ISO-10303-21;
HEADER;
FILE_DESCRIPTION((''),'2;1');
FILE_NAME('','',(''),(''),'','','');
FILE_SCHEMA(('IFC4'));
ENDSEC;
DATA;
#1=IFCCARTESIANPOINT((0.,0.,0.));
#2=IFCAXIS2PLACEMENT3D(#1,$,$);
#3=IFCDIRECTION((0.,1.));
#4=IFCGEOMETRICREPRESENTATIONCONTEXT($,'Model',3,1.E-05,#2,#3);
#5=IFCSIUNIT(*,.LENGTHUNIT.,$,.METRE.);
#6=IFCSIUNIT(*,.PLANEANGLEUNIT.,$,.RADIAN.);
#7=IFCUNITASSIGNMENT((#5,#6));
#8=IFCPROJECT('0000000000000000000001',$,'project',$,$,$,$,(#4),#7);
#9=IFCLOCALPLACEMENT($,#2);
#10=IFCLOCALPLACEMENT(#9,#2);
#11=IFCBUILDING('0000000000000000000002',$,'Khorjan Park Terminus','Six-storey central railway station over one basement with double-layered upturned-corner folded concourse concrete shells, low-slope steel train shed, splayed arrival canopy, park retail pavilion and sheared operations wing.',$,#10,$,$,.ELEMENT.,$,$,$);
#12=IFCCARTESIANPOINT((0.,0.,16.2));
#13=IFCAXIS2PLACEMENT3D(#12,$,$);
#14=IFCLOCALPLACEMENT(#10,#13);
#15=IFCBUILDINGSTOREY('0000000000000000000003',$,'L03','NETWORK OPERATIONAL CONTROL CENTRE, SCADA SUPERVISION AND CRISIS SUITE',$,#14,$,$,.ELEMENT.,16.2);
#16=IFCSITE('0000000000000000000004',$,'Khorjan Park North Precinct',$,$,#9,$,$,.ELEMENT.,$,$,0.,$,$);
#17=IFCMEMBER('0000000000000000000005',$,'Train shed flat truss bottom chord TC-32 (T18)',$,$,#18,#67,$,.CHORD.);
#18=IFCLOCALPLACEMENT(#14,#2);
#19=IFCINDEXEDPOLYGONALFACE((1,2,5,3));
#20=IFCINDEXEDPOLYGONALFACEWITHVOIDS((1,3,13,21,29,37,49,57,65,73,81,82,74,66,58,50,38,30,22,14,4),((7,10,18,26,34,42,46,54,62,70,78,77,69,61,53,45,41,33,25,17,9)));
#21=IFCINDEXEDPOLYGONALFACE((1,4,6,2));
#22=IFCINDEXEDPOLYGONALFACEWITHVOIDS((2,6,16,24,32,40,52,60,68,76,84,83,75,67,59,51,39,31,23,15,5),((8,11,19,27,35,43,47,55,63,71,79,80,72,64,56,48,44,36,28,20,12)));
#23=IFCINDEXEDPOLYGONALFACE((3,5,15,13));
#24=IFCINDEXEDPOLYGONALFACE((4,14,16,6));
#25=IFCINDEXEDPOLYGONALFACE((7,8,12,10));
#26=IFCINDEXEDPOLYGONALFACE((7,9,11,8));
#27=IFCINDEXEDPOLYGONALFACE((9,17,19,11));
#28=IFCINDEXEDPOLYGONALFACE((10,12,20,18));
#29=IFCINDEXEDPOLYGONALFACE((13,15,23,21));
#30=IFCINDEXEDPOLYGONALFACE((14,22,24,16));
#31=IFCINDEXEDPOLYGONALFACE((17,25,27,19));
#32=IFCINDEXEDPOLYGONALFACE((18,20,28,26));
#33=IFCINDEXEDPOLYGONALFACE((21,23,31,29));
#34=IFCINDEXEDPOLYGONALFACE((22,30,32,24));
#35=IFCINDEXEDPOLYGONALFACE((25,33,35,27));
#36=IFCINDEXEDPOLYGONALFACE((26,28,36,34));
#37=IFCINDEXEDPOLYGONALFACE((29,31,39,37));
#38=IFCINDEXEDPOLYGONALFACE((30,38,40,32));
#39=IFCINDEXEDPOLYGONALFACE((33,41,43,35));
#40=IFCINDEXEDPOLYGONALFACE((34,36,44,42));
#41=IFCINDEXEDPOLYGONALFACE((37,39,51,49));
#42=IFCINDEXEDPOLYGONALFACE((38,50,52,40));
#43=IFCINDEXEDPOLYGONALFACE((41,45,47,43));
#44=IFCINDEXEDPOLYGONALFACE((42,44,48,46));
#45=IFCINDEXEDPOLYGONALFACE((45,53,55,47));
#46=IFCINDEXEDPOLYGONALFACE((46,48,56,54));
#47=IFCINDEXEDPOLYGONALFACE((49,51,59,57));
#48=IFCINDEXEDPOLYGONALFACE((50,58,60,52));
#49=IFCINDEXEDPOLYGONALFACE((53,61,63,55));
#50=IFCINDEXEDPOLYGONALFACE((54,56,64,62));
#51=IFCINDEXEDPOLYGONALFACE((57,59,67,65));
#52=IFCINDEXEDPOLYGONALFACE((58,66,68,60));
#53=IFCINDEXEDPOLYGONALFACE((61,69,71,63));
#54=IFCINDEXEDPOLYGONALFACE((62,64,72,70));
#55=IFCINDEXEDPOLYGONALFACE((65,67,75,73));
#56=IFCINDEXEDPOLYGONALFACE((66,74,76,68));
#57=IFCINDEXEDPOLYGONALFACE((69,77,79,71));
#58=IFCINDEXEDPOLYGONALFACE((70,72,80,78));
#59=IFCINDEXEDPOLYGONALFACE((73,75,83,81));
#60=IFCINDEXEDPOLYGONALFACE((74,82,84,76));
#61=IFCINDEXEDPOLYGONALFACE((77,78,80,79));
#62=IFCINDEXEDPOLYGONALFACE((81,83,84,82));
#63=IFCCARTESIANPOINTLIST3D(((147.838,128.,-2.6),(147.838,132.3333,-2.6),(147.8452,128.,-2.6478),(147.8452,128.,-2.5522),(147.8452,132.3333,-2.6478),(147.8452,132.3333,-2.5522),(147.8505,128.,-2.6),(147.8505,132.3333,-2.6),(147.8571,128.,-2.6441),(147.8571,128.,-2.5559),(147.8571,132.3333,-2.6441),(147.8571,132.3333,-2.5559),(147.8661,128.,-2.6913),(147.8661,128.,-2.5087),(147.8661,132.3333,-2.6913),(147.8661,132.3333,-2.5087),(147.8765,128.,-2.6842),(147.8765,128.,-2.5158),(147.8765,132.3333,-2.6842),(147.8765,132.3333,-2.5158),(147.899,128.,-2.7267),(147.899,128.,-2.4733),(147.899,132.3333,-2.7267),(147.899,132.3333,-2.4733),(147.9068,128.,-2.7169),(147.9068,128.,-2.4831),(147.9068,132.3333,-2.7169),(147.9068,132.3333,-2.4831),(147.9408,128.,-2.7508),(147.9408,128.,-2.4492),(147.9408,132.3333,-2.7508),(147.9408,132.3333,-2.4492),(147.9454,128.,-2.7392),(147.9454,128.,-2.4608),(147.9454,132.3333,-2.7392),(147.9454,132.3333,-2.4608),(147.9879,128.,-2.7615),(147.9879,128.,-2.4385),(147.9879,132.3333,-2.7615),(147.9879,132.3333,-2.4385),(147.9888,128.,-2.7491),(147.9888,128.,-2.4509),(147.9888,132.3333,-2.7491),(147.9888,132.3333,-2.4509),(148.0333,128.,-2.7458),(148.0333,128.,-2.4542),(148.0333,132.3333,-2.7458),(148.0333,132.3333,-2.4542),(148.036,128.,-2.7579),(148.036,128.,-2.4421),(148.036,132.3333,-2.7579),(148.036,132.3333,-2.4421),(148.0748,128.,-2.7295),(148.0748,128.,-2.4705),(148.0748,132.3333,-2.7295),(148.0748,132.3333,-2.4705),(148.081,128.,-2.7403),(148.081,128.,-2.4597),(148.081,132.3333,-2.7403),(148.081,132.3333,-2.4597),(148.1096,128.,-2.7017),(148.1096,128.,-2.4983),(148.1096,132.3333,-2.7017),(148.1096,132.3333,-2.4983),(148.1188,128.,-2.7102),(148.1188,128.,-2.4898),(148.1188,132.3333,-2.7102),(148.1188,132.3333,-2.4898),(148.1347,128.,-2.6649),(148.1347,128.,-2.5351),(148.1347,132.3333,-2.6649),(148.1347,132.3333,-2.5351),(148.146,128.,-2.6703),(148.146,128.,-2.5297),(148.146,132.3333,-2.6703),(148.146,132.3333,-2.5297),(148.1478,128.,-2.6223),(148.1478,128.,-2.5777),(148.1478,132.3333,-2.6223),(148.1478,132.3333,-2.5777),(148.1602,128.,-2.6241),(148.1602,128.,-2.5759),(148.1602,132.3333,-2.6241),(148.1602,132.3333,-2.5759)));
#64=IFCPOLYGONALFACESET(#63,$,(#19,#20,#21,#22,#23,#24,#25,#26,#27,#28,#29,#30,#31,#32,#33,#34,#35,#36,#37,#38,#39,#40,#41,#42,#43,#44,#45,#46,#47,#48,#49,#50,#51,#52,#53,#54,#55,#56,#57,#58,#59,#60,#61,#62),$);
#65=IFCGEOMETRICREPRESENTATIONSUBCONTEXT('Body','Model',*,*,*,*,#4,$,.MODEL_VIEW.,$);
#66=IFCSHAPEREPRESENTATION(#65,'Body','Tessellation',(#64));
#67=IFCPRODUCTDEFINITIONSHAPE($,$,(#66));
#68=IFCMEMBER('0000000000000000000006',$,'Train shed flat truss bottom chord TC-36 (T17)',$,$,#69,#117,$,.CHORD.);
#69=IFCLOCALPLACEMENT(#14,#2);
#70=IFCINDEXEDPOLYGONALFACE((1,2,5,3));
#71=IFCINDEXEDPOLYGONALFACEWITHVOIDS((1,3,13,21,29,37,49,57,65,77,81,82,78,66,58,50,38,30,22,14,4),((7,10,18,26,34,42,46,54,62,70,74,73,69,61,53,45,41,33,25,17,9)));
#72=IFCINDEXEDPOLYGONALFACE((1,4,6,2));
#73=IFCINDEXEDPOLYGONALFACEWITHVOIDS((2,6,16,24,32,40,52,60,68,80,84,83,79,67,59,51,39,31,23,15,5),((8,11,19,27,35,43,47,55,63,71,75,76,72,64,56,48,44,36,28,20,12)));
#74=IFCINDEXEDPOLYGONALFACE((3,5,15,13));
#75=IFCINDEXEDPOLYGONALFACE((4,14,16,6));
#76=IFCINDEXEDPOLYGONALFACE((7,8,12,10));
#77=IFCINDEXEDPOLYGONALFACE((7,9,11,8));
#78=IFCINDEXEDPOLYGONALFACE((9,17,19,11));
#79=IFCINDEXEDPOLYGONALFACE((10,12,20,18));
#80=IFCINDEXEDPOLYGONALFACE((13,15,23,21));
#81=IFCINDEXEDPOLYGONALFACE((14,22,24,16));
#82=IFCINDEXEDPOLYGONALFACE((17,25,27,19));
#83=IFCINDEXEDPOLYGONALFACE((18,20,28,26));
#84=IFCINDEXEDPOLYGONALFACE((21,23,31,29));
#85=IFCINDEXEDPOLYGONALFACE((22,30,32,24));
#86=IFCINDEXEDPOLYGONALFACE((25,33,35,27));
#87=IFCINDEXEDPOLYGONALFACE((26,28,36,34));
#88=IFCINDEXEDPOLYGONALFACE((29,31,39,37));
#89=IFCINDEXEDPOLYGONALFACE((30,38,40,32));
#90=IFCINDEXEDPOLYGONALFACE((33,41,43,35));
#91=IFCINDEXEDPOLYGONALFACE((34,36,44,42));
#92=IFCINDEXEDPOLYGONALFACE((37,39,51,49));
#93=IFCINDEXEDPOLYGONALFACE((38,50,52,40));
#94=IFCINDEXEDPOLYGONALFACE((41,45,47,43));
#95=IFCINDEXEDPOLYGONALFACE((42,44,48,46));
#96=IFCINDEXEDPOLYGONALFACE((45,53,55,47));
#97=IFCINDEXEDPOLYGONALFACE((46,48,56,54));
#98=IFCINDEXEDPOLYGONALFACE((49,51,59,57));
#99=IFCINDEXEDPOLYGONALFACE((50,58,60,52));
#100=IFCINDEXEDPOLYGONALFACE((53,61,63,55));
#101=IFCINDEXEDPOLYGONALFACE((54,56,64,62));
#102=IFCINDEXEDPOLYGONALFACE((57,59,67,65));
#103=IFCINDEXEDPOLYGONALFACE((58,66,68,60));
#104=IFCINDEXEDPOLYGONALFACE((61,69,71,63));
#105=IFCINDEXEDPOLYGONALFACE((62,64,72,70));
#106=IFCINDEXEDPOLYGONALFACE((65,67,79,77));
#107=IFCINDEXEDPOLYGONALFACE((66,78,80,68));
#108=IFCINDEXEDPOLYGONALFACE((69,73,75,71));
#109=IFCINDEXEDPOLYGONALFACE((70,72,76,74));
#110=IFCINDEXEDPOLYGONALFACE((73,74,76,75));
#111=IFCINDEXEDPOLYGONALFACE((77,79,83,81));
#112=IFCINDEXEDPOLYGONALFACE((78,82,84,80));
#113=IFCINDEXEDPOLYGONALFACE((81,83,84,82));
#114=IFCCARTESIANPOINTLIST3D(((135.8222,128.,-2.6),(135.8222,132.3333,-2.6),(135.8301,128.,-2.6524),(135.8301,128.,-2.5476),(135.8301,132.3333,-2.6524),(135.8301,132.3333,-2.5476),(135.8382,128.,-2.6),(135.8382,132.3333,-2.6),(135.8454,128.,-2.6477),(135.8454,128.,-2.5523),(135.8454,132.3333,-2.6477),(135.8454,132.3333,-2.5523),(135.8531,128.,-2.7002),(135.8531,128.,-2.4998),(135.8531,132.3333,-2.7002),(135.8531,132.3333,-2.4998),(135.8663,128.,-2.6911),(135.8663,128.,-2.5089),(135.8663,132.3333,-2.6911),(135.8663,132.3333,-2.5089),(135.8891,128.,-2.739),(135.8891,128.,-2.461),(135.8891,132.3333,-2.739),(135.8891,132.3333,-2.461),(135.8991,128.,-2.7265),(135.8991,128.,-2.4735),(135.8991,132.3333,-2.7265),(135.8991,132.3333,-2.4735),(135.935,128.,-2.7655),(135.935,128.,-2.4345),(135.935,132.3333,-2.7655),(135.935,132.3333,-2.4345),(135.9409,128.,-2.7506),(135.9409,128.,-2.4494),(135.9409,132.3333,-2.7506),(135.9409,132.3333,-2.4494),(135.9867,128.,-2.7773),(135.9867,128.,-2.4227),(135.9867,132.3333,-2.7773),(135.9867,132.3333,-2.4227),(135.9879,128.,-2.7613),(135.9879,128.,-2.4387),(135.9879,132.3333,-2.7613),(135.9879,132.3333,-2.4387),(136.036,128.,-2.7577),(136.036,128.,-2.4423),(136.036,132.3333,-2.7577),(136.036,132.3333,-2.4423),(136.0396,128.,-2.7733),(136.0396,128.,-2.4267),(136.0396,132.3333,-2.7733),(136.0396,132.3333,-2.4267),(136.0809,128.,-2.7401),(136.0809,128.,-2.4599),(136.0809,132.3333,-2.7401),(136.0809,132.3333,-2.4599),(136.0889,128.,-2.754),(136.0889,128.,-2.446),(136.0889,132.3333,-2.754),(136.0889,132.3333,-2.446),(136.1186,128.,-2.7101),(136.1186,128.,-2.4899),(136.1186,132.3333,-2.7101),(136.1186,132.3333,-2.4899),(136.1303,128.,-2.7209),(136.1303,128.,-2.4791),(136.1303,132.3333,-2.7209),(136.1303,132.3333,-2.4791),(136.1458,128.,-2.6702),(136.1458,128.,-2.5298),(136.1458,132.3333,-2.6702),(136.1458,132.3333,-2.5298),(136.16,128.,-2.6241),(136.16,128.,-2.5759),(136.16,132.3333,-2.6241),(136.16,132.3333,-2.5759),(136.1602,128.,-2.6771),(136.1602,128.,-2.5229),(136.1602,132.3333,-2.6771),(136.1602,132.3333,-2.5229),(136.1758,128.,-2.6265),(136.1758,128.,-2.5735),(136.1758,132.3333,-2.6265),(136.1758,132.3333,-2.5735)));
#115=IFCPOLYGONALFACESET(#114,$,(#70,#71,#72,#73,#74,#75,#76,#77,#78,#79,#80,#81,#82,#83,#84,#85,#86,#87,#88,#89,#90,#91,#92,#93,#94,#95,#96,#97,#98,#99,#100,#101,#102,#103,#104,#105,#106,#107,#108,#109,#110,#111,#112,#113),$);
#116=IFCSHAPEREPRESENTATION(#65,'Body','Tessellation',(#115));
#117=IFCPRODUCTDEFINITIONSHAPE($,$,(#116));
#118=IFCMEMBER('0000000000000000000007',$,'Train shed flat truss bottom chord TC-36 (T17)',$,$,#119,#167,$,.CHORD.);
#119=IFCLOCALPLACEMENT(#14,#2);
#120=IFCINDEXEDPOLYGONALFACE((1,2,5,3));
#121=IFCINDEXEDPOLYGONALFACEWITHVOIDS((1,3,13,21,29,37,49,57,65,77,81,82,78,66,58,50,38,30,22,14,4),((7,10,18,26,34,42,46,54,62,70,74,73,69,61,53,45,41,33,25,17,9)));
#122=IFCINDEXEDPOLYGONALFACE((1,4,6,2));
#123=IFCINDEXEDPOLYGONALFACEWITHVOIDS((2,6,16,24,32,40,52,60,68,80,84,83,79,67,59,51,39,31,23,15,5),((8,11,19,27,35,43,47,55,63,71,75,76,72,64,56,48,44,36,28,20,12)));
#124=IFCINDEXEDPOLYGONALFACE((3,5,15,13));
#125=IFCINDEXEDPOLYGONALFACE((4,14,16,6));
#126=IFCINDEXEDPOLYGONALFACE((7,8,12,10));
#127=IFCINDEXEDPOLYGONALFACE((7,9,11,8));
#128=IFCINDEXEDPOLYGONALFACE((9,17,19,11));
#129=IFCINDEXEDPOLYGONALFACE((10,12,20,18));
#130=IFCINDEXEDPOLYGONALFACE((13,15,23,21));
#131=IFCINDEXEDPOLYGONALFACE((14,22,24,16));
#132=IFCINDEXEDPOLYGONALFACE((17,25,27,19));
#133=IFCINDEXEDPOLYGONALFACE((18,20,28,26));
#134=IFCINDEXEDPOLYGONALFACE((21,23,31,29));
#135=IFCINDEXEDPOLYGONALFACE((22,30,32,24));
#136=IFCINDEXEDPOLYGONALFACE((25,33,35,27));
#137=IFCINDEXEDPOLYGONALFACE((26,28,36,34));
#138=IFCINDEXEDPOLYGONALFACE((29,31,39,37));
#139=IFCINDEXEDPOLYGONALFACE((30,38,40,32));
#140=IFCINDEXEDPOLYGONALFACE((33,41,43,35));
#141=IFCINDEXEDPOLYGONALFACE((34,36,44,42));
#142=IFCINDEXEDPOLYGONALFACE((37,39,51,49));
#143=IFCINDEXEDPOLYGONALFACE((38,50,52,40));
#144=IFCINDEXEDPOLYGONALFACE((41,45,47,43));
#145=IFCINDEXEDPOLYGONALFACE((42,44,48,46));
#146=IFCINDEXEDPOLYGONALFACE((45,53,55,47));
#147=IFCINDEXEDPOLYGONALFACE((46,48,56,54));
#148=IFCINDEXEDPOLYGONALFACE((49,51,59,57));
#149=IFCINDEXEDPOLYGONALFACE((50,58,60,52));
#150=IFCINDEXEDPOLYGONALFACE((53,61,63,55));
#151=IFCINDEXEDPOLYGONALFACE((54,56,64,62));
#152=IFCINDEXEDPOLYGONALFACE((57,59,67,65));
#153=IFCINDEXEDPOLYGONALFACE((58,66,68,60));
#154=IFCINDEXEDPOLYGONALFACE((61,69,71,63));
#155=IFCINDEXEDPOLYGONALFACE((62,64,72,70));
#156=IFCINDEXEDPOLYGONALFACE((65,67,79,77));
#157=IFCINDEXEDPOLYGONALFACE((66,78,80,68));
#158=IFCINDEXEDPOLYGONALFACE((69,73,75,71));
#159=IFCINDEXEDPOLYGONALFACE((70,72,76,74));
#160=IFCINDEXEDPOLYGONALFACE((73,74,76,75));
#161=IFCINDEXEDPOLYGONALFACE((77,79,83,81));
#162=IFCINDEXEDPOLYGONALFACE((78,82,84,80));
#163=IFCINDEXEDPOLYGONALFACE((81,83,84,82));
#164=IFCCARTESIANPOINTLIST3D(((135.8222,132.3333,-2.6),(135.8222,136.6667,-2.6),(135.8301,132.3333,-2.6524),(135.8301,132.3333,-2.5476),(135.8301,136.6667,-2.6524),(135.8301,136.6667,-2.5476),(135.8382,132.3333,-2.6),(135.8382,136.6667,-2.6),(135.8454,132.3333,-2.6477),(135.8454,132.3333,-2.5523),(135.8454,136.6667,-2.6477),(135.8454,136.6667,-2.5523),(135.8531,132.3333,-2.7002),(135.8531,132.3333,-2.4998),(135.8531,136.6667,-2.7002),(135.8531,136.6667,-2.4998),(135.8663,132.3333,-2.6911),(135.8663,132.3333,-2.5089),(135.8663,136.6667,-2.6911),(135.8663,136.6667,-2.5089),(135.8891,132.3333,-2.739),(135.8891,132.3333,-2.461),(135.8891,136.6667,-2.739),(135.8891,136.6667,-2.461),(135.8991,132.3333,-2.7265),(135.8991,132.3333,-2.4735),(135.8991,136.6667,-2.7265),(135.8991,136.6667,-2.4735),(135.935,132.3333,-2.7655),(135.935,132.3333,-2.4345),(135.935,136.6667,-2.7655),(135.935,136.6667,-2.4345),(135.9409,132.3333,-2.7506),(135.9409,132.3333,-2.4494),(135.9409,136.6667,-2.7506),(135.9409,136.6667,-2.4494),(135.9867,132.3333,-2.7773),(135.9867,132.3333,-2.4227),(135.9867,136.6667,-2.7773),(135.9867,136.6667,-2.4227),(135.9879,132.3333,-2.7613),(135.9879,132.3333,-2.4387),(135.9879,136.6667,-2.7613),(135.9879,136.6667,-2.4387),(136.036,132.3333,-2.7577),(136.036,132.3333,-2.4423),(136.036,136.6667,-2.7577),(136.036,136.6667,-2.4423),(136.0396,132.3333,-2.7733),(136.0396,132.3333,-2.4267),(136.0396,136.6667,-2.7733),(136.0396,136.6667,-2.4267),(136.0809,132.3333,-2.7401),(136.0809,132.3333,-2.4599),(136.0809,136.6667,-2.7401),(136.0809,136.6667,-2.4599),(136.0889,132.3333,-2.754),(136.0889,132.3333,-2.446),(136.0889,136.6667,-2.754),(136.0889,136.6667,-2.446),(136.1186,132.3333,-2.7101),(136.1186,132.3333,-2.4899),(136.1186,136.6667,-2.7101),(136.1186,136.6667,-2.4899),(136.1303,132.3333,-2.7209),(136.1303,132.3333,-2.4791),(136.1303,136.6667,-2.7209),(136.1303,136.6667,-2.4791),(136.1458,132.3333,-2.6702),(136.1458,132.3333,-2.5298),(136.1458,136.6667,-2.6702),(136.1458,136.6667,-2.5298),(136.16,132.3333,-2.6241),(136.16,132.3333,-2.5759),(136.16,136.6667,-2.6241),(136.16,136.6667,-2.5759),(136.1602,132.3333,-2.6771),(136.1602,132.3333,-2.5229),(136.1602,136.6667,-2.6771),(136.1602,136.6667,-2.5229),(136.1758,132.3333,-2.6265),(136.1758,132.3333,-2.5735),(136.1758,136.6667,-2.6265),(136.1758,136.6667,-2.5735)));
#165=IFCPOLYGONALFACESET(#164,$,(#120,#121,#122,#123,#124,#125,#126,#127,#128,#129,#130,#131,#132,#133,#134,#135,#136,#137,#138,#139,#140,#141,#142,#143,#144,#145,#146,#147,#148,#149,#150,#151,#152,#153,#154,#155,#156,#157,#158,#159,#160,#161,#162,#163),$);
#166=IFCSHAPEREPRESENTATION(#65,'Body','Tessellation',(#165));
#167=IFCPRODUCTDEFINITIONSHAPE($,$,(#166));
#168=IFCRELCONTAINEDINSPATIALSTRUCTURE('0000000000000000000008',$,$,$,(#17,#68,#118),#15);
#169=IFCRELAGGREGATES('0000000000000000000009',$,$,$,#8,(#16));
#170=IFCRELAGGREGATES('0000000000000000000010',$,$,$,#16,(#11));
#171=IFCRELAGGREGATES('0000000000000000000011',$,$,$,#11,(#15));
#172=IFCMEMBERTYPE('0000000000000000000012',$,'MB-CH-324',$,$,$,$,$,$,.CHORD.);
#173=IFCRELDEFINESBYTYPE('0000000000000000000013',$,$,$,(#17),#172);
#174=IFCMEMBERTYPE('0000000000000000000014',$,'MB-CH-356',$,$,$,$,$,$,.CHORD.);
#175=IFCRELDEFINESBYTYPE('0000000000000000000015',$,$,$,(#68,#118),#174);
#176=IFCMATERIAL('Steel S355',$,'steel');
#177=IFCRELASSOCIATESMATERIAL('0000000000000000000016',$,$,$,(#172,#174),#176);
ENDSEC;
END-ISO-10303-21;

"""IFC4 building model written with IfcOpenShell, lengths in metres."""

from ifc_helpers import new_model, si_unit, direction, frame, origin, origin_2d, place, context, subcontext, project, spatial, hollow_circle, extrude, material, material_profile, profile_set, type_object, element, save


model = new_model("IFC4")

# Units and contexts
model_context = context("Model", 3, precision=1e-05, world=origin(), true_north=direction((0.0, 1.0)))
body_context = subcontext(model_context, "Body", "Model", "MODEL_VIEW")
ifc_project = project(units=[si_unit("LENGTHUNIT", "METRE"), si_unit("PLANEANGLEUNIT", "RADIAN")], contexts=[model_context])

# Site, building, storey
site_placement = place(None, origin())
site = spatial("IfcSite", under=ifc_project, at=site_placement, Name="Khorjan Park North Precinct", CompositionType="ELEMENT", RefElevation=0.0)
building_placement = place(site_placement, origin())
building = spatial("IfcBuilding", under=site, at=building_placement, Name="Khorjan Park Terminus", Description="Six-storey central railway station over one basement with double-layered upturned-corner folded concourse concrete shells, low-slope steel train shed, splayed arrival canopy, park retail pavilion and sheared operations wing.", CompositionType="ELEMENT")
storey_placement = place(building_placement, frame((0.0, 0.0, 16.2)))
storey = spatial("IfcBuildingStorey", under=building, at=storey_placement, Name="L03", Description="NETWORK OPERATIONAL CONTROL CENTRE, SCADA SUPERVISION AND CRISIS SUITE", CompositionType="ELEMENT", Elevation=16.2)

# Members
ifc_material = material(Name="Steel S355", Category="steel")
ifc_material_profile_1 = material_profile(ifc_material, hollow_circle(Radius=0.162, WallThickness=0.0125, at=origin_2d()), Name="CHS 323.9x12.5")
ifc_profile_set_1 = profile_set([ifc_material_profile_1], Name="Steel S355")
member_type_1 = type_object("IfcMemberType", Name="MB-CH-324", PredefinedType="CHORD", material=ifc_profile_set_1)
for number, where, z_axis, x_axis, name in (
    (1, (148.0, 128.0, -2.6), (0.0, 1.0, 0.0), (-1.0, 0.0, 0.0), "Train shed flat truss bottom chord TC-32 (T18)"),
):
    element("IfcMember", number, at=place(storey_placement, frame(where, z_axis=z_axis, x_axis=x_axis)), inside=storey, type_object=member_type_1, Name=name, PredefinedType="CHORD", context=body_context, shape_type="SweptSolid", body=[
        extrude(hollow_circle(Radius=0.162, WallThickness=0.0125, at=origin_2d()), origin(), (0.0, 0.0, 1.0), 4.3333),
    ])
ifc_material_profile_2 = material_profile(ifc_material, hollow_circle(Radius=0.1778, WallThickness=0.016, at=origin_2d()), Name="CHS 355.6x16")
ifc_profile_set_2 = profile_set([ifc_material_profile_2], Name="Steel S355")
member_type_2 = type_object("IfcMemberType", Name="MB-CH-356", PredefinedType="CHORD", material=ifc_profile_set_2)
member_1_placement = place(storey_placement, frame((136.0, 128.0, -2.6), z_axis=(0.0, 1.0, 0.0), x_axis=(-1.0, 0.0, 0.0)))
element("IfcMember", 2, at=member_1_placement, inside=storey, type_object=member_type_2, Name="Train shed flat truss bottom chord TC-36 (T17)", PredefinedType="CHORD", context=body_context, shape_type="SweptSolid", body=[
    extrude(hollow_circle(Radius=0.1778, WallThickness=0.016, at=origin_2d()), origin(), (0.0, 0.0, 1.0), 4.3333),
])
member_2_placement = place(storey_placement, frame((136.0, 132.3333, -2.6), z_axis=(0.0, 1.0, 0.0), x_axis=(-1.0, 0.0, 0.0)))
element("IfcMember", 3, at=member_2_placement, inside=storey, type_object=member_type_2, Name="Train shed flat truss bottom chord TC-36 (T17)", PredefinedType="CHORD", context=body_context, shape_type="SweptSolid", body=[
    extrude(hollow_circle(Radius=0.1778, WallThickness=0.016, at=origin_2d()), origin(), (0.0, 0.0, 1.0), 4.3334),
])

save(model, "model.ifc")
